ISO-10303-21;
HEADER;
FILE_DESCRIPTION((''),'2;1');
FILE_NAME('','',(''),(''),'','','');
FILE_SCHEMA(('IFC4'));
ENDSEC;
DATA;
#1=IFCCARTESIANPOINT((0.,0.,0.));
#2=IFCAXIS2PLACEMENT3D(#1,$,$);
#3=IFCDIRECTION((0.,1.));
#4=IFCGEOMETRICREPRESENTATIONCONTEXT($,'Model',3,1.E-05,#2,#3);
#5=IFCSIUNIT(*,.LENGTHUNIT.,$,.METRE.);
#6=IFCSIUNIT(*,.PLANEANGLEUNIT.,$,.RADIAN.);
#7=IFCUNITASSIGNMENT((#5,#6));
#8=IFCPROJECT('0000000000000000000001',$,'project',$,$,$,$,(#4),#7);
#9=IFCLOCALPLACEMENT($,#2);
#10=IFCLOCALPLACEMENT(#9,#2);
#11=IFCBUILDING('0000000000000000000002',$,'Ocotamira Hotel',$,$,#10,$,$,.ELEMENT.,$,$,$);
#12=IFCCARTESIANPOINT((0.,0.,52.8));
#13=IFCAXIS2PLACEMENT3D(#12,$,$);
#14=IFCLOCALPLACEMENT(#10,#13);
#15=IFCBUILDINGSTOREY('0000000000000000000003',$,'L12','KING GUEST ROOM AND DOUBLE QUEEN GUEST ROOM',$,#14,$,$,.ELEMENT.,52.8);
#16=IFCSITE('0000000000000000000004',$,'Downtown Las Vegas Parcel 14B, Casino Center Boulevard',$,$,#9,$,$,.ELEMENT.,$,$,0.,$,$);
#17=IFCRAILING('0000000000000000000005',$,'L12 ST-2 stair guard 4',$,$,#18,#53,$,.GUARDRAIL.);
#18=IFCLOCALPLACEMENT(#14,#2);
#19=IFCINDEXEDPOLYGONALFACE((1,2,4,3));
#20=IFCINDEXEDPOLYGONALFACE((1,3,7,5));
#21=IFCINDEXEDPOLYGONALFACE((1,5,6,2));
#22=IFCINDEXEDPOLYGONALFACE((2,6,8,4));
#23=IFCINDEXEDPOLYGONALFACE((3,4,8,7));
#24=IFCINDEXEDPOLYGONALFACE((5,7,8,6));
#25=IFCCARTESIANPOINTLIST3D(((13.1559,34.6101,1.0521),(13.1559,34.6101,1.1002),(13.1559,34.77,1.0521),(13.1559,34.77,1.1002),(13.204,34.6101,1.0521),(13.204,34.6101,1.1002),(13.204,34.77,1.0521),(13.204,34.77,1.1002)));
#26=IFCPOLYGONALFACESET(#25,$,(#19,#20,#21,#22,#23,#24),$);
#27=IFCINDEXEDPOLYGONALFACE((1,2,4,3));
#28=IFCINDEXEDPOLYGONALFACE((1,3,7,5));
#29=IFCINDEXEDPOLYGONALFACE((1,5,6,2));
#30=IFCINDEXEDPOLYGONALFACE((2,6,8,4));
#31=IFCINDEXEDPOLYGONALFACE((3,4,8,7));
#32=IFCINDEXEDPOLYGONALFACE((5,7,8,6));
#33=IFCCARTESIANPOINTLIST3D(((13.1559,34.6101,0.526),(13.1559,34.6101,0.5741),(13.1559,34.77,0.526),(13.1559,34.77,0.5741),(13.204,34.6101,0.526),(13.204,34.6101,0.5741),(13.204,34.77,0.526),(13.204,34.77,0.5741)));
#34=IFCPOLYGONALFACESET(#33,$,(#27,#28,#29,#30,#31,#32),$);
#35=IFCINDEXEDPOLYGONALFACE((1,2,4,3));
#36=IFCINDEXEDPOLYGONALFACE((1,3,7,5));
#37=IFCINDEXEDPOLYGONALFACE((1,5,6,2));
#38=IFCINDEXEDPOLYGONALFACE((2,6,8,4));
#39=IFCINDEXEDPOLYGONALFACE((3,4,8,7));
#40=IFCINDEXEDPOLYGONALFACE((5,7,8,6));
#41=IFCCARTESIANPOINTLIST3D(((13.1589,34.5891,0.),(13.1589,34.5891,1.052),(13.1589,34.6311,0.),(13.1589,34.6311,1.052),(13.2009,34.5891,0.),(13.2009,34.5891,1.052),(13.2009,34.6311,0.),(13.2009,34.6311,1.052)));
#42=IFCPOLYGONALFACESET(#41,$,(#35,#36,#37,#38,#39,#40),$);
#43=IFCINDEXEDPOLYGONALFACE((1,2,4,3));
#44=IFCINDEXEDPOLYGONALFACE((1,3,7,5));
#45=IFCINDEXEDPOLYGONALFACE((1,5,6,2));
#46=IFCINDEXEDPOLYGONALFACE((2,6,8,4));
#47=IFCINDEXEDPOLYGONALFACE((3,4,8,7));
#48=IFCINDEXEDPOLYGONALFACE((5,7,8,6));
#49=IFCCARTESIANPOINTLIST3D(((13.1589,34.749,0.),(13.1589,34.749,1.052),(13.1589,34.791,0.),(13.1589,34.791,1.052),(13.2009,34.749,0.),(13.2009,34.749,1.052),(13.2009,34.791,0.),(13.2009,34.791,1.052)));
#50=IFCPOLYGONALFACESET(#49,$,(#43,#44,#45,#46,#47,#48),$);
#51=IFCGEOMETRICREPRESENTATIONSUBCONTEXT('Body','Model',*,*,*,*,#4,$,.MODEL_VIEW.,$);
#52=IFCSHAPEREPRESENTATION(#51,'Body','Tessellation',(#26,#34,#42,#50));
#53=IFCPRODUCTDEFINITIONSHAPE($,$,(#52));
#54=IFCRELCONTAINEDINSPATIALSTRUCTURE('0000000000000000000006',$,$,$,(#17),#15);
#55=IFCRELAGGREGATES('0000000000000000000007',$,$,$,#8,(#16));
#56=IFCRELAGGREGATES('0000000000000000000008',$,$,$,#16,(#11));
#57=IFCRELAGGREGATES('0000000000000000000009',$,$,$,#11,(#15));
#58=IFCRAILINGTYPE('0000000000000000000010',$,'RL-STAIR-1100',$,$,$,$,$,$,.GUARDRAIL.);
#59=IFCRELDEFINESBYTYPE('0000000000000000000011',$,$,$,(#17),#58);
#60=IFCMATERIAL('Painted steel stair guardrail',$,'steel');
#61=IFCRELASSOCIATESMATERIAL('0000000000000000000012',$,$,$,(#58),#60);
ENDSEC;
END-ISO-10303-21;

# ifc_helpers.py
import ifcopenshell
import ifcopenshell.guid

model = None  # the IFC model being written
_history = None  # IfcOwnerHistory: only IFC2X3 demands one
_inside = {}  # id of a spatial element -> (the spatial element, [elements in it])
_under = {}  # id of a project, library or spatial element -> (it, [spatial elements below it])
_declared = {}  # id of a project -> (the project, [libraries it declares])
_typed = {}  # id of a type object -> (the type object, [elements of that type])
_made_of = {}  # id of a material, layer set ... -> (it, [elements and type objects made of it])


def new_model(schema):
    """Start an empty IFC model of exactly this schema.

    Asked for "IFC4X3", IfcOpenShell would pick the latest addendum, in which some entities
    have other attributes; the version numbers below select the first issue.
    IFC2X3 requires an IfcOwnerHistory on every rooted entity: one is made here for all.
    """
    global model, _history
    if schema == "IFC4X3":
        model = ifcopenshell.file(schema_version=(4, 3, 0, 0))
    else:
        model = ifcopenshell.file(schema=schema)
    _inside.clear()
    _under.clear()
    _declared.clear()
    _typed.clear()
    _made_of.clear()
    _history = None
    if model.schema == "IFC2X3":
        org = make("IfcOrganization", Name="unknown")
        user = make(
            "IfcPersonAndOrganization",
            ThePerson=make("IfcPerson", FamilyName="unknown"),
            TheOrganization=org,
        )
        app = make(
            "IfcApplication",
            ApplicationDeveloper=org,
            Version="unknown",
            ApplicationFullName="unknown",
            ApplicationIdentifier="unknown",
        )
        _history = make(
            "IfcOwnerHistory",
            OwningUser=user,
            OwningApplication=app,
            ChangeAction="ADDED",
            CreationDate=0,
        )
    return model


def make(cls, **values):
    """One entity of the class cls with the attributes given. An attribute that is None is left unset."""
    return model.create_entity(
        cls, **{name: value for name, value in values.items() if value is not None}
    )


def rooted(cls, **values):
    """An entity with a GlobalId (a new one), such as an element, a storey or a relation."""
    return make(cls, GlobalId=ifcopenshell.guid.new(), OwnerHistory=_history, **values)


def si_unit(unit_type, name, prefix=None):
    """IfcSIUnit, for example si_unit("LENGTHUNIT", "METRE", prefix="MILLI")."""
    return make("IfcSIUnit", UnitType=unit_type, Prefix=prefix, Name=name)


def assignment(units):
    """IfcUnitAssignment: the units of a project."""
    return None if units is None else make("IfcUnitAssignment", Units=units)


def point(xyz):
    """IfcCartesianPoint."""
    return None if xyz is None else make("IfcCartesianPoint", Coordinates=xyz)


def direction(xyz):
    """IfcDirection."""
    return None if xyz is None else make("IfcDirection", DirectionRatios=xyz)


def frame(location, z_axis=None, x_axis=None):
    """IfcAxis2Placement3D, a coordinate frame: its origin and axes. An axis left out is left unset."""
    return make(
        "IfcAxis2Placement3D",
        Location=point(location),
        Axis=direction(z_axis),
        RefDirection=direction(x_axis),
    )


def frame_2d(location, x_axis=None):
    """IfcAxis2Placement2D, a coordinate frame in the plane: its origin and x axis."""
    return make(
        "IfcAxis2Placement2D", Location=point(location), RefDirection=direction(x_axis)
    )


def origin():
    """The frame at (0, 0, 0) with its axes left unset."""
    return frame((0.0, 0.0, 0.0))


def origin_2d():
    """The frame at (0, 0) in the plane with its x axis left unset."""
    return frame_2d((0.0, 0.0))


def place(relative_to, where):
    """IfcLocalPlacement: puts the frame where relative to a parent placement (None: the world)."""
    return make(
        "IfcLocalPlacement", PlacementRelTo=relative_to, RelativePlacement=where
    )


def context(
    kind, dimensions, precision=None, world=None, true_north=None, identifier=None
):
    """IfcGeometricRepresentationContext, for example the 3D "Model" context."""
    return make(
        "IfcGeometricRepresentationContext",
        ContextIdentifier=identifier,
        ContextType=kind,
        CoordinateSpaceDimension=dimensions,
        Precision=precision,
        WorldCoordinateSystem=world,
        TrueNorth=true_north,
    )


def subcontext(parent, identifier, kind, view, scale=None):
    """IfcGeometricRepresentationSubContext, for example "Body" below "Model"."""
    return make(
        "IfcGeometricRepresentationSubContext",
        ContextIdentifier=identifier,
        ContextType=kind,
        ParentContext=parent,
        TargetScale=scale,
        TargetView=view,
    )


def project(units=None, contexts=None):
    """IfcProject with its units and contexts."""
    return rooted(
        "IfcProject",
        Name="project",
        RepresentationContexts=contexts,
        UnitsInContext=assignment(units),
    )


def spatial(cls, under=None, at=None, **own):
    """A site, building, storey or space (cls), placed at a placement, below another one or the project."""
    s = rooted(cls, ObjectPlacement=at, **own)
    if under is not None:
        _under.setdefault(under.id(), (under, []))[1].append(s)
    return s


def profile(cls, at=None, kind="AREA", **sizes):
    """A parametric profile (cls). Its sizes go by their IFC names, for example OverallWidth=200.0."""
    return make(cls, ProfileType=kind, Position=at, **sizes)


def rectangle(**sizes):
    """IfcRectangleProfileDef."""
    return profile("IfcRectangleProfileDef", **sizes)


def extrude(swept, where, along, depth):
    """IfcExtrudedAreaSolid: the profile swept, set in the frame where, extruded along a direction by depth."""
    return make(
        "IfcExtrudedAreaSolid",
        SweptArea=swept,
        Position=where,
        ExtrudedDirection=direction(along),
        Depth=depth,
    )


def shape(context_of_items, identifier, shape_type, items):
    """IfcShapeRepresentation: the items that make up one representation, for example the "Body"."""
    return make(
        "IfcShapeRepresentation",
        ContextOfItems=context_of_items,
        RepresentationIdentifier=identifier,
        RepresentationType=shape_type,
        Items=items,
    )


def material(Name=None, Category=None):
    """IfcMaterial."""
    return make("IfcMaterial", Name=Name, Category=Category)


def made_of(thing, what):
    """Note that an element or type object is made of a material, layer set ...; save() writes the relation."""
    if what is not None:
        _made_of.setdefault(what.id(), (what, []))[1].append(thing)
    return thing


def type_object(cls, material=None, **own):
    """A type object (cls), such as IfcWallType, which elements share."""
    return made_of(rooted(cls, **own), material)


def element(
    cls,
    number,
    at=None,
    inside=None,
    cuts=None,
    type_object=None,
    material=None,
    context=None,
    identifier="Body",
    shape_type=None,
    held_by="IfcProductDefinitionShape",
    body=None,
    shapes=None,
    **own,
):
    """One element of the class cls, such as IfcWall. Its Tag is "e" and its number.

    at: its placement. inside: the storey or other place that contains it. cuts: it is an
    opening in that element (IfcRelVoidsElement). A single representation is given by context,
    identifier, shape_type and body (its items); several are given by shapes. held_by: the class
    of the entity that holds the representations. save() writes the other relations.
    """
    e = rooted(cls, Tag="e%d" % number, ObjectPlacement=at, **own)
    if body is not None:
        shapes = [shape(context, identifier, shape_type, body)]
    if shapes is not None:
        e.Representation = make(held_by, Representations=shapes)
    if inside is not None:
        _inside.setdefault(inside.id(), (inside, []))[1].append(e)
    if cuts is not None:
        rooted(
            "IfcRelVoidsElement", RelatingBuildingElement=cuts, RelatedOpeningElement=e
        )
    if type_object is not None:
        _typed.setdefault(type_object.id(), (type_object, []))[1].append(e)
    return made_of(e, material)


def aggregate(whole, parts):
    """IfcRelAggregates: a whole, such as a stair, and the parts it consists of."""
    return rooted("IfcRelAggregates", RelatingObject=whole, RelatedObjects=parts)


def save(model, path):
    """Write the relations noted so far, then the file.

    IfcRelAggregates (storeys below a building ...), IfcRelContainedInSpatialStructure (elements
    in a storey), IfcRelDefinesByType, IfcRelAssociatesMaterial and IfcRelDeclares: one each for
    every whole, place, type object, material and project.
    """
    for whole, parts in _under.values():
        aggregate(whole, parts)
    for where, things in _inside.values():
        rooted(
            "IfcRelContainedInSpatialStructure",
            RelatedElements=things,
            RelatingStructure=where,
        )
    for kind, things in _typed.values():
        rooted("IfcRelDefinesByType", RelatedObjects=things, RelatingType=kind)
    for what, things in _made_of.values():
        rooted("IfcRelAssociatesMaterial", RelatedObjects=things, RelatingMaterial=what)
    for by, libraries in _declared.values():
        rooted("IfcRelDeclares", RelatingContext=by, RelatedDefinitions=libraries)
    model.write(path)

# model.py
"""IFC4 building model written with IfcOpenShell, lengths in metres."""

from ifc_helpers import new_model, si_unit, direction, frame, origin, origin_2d, place, context, subcontext, project, spatial, rectangle, extrude, material, type_object, element, save


model = new_model("IFC4")

# Units and contexts
model_context = context("Model", 3, precision=1e-05, world=origin(), true_north=direction((0.0, 1.0)))
body_context = subcontext(model_context, "Body", "Model", "MODEL_VIEW")
ifc_project = project(units=[si_unit("LENGTHUNIT", "METRE"), si_unit("PLANEANGLEUNIT", "RADIAN")], contexts=[model_context])

# Site, building, storey
site_placement = place(None, origin())
site = spatial("IfcSite", under=ifc_project, at=site_placement, Name="Downtown Las Vegas Parcel 14B, Casino Center Boulevard", CompositionType="ELEMENT", RefElevation=0.0)
building_placement = place(site_placement, origin())
building = spatial("IfcBuilding", under=site, at=building_placement, Name="Ocotamira Hotel", CompositionType="ELEMENT")
storey_placement = place(building_placement, frame((0.0, 0.0, 52.8)))
storey = spatial("IfcBuildingStorey", under=building, at=storey_placement, Name="L12", Description="KING GUEST ROOM AND DOUBLE QUEEN GUEST ROOM", CompositionType="ELEMENT", Elevation=52.8)

# Railing
ifc_material_1 = material(Name="Painted steel stair guardrail", Category="steel")
railing_type_1 = type_object("IfcRailingType", Name="RL-STAIR-1100", PredefinedType="GUARDRAIL", material=ifc_material_1)
railing_1_placement = place(storey_placement, frame((13.1799, 34.6101, 0.0)))
element("IfcRailing", 1, at=railing_1_placement, inside=storey, type_object=railing_type_1, Name="L12 ST-2 stair guard 4", PredefinedType="GUARDRAIL", context=body_context, shape_type="SweptSolid", body=[
    extrude(rectangle(XDim=0.0481, YDim=0.0481, at=origin_2d()), frame((0.0, 0.0, 1.0762), z_axis=(0.0, 1.0, 0.0), x_axis=(-1.0, 0.0, 0.0)), (0.0, 0.0, 1.0), 0.1599),
    extrude(rectangle(XDim=0.0481, YDim=0.0481, at=origin_2d()), frame((0.0, 0.0, 0.55), z_axis=(0.0, 1.0, 0.0), x_axis=(-1.0, 0.0, 0.0)), (0.0, 0.0, 1.0), 0.1599),
    extrude(rectangle(XDim=0.042, YDim=0.042, at=origin_2d()), origin(), (0.0, 0.0, 1.0), 1.052),
    extrude(rectangle(XDim=0.042, YDim=0.042, at=origin_2d()), frame((0.0, 0.1599, 0.0)), (0.0, 0.0, 1.0), 1.052),
])

save(model, "model.ifc")
